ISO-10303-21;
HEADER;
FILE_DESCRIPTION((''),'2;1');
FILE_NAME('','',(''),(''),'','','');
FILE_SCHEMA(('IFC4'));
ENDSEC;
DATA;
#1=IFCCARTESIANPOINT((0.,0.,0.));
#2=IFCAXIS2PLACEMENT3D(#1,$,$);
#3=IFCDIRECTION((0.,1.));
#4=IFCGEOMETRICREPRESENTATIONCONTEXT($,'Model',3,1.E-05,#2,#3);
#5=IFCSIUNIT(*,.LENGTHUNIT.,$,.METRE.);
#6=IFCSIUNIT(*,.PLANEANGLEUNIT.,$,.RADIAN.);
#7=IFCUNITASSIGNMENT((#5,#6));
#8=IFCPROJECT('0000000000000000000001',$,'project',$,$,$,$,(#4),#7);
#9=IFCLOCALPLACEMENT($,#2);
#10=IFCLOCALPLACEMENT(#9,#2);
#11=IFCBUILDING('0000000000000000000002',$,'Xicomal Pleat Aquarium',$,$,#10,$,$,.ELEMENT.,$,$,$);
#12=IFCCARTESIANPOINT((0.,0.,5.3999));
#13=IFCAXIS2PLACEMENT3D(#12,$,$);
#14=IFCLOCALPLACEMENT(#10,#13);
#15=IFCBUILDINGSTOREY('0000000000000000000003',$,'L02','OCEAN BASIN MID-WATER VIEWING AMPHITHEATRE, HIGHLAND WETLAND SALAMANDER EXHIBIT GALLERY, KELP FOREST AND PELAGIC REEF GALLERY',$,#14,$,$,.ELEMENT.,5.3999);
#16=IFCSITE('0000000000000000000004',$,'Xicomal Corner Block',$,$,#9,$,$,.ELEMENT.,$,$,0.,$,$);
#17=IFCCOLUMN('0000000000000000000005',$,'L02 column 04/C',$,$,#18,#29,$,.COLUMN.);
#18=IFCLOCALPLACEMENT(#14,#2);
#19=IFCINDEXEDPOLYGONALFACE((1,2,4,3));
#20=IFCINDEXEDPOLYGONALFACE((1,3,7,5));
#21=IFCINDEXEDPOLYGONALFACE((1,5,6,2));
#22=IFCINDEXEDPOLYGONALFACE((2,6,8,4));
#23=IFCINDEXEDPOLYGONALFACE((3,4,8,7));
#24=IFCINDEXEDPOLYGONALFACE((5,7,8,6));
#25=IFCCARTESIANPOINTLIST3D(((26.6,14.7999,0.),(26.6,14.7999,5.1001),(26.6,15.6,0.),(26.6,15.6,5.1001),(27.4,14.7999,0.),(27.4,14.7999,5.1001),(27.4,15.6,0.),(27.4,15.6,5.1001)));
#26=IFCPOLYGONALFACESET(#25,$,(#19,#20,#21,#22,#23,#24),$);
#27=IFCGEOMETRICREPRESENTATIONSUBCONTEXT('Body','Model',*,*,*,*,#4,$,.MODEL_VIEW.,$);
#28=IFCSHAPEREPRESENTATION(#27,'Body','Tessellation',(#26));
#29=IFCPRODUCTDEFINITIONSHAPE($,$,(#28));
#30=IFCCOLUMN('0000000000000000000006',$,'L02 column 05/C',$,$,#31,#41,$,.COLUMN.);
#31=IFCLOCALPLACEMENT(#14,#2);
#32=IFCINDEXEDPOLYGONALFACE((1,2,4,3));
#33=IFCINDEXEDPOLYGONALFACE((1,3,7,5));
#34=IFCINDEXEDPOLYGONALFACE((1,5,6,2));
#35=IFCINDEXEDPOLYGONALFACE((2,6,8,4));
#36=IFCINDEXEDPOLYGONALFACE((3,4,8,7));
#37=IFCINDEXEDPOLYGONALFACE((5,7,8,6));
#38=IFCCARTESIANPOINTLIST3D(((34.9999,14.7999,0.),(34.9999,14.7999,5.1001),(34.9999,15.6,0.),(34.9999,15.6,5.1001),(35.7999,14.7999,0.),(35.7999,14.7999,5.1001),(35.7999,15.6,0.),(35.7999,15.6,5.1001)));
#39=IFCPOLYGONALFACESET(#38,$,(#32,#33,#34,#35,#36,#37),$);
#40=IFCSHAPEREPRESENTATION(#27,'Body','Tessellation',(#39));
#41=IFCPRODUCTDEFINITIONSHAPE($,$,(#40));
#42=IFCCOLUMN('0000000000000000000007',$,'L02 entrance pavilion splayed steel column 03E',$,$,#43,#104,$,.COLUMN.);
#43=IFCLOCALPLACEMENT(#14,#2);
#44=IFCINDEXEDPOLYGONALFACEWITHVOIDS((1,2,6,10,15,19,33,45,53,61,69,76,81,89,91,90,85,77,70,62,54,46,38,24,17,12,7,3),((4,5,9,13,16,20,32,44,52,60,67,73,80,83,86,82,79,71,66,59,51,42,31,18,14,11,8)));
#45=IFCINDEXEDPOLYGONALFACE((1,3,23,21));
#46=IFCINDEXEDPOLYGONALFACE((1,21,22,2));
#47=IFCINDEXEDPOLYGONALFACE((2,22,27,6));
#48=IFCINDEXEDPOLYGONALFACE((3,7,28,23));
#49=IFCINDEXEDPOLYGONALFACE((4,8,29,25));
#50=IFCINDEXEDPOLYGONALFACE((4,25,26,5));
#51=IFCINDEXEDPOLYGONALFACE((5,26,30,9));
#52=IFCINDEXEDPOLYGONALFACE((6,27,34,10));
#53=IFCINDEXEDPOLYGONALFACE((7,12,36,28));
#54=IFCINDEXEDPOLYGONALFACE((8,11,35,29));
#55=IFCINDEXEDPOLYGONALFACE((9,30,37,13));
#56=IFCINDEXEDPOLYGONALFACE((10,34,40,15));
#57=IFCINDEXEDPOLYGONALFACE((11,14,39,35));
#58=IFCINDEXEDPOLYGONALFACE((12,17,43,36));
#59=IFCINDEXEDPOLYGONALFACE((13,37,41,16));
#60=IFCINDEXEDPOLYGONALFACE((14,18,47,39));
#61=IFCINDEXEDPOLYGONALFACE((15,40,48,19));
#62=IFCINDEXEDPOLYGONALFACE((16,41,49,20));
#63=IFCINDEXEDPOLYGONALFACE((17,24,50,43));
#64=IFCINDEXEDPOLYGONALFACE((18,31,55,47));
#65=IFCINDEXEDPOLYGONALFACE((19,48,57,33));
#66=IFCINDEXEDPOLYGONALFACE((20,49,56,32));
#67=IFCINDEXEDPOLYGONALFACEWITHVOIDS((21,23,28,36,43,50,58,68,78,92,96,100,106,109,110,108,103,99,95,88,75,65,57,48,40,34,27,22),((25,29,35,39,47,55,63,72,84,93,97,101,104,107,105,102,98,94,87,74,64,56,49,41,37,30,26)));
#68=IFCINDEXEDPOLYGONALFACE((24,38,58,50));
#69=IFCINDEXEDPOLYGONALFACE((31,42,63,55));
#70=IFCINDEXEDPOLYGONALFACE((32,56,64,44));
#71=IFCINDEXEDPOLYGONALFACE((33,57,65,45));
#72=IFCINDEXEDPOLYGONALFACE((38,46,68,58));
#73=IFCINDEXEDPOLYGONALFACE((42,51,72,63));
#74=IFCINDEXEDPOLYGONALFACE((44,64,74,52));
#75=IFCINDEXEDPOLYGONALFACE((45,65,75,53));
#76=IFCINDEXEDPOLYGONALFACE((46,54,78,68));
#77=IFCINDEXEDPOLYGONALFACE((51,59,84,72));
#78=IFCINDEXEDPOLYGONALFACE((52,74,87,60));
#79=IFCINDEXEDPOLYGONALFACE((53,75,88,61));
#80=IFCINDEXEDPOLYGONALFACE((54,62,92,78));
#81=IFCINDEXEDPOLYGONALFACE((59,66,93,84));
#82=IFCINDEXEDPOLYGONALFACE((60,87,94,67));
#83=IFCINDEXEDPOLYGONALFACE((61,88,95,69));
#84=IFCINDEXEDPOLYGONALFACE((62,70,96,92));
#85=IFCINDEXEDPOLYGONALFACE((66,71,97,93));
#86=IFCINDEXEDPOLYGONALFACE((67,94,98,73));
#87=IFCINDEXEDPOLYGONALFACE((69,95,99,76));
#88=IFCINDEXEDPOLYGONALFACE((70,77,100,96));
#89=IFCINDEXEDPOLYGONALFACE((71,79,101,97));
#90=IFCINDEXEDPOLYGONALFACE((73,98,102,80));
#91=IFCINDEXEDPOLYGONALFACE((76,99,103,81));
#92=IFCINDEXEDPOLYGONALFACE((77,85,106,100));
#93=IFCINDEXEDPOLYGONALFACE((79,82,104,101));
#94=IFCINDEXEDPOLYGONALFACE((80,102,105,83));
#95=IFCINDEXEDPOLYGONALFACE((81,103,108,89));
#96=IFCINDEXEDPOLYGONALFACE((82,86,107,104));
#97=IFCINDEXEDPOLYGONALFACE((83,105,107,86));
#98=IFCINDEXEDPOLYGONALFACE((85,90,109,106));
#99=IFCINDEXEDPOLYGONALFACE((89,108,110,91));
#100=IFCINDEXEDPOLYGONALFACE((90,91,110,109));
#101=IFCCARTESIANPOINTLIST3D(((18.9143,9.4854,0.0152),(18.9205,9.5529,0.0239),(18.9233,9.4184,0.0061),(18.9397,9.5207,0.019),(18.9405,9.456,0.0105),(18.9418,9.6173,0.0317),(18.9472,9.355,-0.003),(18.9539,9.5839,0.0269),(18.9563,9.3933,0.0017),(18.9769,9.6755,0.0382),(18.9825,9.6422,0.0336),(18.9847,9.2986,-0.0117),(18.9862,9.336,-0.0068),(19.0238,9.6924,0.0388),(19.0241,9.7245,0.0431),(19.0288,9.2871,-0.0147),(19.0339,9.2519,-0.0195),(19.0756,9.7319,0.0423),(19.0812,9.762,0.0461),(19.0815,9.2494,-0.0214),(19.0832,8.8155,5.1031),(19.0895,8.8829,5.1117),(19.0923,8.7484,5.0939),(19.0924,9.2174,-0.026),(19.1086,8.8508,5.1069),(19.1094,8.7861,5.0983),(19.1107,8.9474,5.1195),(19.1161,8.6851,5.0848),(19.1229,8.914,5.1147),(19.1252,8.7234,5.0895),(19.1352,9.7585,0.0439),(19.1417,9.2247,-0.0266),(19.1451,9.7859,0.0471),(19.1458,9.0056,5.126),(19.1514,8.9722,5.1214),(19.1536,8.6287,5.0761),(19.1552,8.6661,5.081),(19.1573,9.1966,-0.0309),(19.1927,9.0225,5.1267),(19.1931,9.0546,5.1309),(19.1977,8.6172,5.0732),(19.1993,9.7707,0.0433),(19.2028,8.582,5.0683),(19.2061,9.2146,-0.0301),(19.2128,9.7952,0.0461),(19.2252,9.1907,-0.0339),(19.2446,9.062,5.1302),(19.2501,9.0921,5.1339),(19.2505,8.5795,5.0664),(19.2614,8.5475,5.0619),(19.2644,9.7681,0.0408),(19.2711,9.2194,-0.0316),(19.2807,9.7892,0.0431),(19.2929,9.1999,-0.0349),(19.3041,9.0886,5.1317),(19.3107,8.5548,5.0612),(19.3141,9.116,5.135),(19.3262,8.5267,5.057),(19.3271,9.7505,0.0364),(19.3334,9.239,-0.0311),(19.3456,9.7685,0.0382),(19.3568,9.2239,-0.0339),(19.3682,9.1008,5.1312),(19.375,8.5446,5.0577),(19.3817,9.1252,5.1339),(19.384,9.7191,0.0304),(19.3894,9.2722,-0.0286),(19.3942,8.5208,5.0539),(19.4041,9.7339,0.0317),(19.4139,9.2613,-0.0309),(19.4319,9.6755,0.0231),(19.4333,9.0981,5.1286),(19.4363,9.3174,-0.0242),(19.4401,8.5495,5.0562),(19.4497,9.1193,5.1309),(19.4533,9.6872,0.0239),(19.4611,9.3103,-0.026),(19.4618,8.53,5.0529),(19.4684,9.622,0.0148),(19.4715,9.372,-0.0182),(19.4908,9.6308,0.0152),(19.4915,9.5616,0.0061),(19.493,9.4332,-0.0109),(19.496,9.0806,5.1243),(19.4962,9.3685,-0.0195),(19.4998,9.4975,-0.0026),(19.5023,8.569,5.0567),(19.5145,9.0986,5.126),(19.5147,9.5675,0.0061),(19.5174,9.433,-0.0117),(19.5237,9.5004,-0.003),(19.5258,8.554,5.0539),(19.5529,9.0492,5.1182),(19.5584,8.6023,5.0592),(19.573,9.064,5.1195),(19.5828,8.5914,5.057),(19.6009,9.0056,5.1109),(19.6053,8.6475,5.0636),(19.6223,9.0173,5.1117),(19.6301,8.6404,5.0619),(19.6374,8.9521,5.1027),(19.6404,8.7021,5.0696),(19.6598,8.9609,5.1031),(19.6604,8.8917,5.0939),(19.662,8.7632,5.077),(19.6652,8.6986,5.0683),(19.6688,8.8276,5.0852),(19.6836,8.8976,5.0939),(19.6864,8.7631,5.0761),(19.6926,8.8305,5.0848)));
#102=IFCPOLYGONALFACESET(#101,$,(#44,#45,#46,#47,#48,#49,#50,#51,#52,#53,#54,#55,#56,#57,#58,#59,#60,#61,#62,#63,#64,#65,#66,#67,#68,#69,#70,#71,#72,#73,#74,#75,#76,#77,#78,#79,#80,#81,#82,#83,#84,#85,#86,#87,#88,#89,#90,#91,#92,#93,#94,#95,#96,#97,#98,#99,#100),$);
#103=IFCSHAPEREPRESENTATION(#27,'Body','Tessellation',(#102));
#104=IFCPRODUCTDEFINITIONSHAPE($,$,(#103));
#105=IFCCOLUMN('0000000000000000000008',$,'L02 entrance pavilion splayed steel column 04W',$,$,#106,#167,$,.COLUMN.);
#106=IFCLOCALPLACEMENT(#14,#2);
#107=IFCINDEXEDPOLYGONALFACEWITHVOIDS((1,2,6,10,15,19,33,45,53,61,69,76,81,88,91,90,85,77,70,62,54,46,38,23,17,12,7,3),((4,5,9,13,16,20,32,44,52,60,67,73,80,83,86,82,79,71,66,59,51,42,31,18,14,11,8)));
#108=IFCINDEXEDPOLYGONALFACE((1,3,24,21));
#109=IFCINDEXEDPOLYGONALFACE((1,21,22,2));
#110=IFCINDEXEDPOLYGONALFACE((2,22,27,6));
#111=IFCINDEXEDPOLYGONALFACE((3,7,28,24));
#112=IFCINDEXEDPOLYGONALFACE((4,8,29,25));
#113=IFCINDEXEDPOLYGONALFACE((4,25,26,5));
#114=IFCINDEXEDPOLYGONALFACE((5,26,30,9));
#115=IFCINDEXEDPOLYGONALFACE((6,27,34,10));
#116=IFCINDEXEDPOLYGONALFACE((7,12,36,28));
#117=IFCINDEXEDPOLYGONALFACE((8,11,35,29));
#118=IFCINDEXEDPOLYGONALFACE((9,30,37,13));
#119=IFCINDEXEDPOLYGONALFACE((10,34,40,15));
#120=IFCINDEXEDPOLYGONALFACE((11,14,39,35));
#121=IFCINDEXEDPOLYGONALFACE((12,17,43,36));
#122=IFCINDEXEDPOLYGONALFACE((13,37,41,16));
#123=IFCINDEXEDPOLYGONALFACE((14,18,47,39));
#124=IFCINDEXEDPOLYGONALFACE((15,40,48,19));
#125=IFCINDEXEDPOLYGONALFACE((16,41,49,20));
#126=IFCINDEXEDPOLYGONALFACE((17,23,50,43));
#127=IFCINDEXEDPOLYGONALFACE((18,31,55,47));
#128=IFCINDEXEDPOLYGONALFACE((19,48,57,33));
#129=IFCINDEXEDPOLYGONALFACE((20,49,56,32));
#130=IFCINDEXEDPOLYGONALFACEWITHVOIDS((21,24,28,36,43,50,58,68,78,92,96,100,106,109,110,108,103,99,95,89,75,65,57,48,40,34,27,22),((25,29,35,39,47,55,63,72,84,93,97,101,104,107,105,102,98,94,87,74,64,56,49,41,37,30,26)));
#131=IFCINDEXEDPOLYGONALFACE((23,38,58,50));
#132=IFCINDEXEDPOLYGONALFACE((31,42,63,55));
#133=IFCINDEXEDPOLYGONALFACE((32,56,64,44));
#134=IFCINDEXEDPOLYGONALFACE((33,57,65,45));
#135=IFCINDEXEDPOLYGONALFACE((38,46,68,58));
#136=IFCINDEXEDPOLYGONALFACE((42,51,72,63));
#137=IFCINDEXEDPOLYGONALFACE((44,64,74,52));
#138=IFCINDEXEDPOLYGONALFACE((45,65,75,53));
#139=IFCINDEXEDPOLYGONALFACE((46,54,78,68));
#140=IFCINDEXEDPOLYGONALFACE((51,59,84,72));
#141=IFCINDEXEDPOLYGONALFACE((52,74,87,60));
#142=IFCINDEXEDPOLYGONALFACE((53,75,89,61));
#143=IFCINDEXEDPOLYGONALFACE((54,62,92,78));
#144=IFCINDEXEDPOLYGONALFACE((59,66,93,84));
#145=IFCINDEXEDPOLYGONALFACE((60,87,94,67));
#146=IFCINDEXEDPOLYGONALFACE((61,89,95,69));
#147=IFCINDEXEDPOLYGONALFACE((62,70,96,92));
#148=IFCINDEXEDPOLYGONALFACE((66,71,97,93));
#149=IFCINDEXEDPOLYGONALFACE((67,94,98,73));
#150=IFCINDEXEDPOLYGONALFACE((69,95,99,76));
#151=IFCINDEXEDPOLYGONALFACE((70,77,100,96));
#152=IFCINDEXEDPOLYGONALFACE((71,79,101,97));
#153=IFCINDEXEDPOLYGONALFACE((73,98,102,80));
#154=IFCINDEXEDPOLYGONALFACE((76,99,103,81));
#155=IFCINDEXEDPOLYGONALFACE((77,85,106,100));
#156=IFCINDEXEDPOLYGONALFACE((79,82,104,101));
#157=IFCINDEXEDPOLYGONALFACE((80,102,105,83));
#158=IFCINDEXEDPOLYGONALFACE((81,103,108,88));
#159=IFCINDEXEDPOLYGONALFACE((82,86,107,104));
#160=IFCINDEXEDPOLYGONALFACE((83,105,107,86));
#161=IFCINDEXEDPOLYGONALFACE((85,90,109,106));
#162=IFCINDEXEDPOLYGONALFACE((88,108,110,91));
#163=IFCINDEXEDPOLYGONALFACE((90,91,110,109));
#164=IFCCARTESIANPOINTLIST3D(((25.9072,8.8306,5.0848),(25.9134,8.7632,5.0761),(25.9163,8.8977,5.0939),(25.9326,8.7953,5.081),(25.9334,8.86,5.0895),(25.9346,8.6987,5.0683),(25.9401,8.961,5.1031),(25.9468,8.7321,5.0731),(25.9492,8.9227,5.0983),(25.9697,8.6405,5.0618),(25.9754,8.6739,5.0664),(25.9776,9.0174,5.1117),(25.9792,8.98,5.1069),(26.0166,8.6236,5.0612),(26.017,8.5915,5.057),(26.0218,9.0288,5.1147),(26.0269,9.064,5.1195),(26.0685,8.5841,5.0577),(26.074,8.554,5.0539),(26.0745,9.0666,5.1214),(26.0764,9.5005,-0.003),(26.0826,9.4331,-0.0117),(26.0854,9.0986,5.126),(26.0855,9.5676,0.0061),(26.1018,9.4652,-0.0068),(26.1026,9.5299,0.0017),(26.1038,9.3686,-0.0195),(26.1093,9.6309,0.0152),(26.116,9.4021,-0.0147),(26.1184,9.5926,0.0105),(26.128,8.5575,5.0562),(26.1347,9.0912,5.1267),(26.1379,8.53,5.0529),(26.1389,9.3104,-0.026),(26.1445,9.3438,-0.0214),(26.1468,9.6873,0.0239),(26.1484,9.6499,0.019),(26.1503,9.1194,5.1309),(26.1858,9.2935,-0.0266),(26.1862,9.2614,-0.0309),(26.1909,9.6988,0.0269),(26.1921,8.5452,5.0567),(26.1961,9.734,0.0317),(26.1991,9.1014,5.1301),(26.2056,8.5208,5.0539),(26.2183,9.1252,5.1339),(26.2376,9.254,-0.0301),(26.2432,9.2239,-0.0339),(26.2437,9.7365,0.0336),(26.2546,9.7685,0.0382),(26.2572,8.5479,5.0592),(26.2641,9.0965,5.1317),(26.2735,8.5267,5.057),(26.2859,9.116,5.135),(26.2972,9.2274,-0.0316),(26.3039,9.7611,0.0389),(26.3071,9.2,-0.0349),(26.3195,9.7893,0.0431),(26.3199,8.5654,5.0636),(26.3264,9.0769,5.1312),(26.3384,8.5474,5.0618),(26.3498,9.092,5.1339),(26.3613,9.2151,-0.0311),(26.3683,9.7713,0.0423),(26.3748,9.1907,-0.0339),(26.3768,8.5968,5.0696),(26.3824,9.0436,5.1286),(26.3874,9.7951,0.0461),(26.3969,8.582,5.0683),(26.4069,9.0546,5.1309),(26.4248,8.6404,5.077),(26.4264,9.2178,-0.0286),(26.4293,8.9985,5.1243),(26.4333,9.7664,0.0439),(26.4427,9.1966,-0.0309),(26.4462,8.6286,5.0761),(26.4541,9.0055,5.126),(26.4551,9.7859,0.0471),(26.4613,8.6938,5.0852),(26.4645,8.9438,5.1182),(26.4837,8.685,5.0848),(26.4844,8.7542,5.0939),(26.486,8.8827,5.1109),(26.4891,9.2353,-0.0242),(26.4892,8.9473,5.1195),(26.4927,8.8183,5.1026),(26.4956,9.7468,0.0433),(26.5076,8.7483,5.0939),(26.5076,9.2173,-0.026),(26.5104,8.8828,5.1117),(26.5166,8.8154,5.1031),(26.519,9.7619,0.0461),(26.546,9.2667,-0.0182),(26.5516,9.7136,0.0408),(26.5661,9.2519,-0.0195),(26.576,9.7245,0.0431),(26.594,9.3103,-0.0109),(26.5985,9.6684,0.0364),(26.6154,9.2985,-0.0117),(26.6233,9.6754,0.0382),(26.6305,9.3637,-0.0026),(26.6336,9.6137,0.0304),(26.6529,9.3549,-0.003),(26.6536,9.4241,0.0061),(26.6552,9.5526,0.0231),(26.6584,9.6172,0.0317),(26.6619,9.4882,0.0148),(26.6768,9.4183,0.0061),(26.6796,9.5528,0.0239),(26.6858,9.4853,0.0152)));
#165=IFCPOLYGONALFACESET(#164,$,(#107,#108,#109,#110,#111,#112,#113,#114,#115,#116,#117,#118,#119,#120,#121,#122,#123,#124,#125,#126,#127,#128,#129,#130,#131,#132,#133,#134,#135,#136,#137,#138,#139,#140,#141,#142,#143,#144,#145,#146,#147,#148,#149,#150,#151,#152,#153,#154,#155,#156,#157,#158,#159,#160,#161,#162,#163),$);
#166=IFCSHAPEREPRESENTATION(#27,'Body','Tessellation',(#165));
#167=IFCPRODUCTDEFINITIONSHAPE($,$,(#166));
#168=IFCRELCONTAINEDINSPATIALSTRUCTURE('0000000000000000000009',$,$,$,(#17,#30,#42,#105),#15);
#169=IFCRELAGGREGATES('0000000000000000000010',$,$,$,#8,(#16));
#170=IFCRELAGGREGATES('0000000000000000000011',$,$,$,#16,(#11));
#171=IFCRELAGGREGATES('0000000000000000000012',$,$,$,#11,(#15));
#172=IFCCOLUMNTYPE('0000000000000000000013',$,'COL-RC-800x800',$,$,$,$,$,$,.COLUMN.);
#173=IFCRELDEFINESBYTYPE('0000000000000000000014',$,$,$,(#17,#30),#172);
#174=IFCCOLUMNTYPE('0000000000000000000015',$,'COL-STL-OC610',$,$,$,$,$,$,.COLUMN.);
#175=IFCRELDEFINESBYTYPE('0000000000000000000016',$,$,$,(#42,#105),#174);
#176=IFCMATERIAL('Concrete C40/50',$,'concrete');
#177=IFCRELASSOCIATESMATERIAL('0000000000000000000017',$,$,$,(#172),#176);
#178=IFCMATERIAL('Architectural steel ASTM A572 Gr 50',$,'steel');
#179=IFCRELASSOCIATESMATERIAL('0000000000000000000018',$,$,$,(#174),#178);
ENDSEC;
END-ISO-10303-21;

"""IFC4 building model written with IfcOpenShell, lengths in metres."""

from ifc_helpers import new_model, si_unit, direction, frame, origin, origin_2d, place, context, subcontext, project, spatial, rectangle, hollow_circle, extrude, material, material_profile, profile_set, type_object, element, save


model = new_model("IFC4")

# Units and contexts
model_context = context("Model", 3, precision=1e-05, world=origin(), true_north=direction((0.0, 1.0)))
body_context = subcontext(model_context, "Body", "Model", "MODEL_VIEW")
ifc_project = project(units=[si_unit("LENGTHUNIT", "METRE"), si_unit("PLANEANGLEUNIT", "RADIAN")], contexts=[model_context])

# Site, building, storey
site_placement = place(None, origin())
site = spatial("IfcSite", under=ifc_project, at=site_placement, Name="Xicomal Corner Block", CompositionType="ELEMENT", RefElevation=0.0)
building_placement = place(site_placement, origin())
building = spatial("IfcBuilding", under=site, at=building_placement, Name="Xicomal Pleat Aquarium", CompositionType="ELEMENT")
storey_placement = place(building_placement, frame((0.0, 0.0, 5.3999)))
storey = spatial("IfcBuildingStorey", under=building, at=storey_placement, Name="L02", Description="OCEAN BASIN MID-WATER VIEWING AMPHITHEATRE, HIGHLAND WETLAND SALAMANDER EXHIBIT GALLERY, KELP FOREST AND PELAGIC REEF GALLERY", CompositionType="ELEMENT", Elevation=5.3999)

# Columns
ifc_material_1 = material(Name="Concrete C40/50", Category="concrete")
ifc_material_profile_1 = material_profile(ifc_material_1, rectangle(XDim=0.8, YDim=0.8, at=origin_2d()), Name="RC 800x800")
ifc_profile_set_1 = profile_set([ifc_material_profile_1], Name="Concrete C40/50")
column_type_1 = type_object("IfcColumnType", Name="COL-RC-800x800", PredefinedType="COLUMN", material=ifc_profile_set_1)
for number, where, z_axis, x_axis, name in (
    (1, (27.0, 15.2, 0.0), (0.0, 0.0, 1.0), (1.0, 0.0, 0.0), "L02 column 04/C"),
    (2, (35.3999, 15.2, 0.0), (0.0, 0.0, 1.0), (1.0, 0.0, 0.0), "L02 column 05/C"),
):
    element("IfcColumn", number, at=place(storey_placement, frame(where, z_axis=z_axis, x_axis=x_axis)), inside=storey, type_object=column_type_1, Name=name, PredefinedType="COLUMN", context=body_context, shape_type="SweptSolid", body=[
        extrude(rectangle(XDim=0.8, YDim=0.8, at=origin_2d()), origin(), (0.0, 0.0, 1.0), 5.1001),
    ])
ifc_material_2 = material(Name="Architectural steel ASTM A572 Gr 50", Category="steel")
ifc_material_profile_2 = material_profile(ifc_material_2, hollow_circle(Radius=0.3049, WallThickness=0.0239, at=origin_2d()), Name="OC 610x24")
ifc_profile_set_2 = profile_set([ifc_material_profile_2], Name="Architectural steel ASTM A572 Gr 50")
column_type_2 = type_object("IfcColumnType", Name="COL-STL-OC610", PredefinedType="COLUMN", material=ifc_profile_set_2)
for number, where, z_axis, x_axis, name in (
    (3, (19.219, 9.4929, 0.0061), (0.032903, -0.130472, 0.990906), (0.969642, 0.244531, 0.0), "L02 entrance pavilion splayed steel column 03E"),
    (4, (26.3811, 9.4929, 0.0061), (-0.032951, -0.130472, 0.990904), (0.969558, -0.244863, 0.0), "L02 entrance pavilion splayed steel column 04W"),
):
    element("IfcColumn", number, at=place(storey_placement, frame(where, z_axis=z_axis, x_axis=x_axis)), inside=storey, type_object=column_type_2, Name=name, PredefinedType="COLUMN", context=body_context, shape_type="SweptSolid", body=[
        extrude(hollow_circle(Radius=0.3049, WallThickness=0.0239, at=origin_2d()), origin(), (0.0, 0.0, 1.0), 5.1345),
    ])

save(model, "model.ifc")
